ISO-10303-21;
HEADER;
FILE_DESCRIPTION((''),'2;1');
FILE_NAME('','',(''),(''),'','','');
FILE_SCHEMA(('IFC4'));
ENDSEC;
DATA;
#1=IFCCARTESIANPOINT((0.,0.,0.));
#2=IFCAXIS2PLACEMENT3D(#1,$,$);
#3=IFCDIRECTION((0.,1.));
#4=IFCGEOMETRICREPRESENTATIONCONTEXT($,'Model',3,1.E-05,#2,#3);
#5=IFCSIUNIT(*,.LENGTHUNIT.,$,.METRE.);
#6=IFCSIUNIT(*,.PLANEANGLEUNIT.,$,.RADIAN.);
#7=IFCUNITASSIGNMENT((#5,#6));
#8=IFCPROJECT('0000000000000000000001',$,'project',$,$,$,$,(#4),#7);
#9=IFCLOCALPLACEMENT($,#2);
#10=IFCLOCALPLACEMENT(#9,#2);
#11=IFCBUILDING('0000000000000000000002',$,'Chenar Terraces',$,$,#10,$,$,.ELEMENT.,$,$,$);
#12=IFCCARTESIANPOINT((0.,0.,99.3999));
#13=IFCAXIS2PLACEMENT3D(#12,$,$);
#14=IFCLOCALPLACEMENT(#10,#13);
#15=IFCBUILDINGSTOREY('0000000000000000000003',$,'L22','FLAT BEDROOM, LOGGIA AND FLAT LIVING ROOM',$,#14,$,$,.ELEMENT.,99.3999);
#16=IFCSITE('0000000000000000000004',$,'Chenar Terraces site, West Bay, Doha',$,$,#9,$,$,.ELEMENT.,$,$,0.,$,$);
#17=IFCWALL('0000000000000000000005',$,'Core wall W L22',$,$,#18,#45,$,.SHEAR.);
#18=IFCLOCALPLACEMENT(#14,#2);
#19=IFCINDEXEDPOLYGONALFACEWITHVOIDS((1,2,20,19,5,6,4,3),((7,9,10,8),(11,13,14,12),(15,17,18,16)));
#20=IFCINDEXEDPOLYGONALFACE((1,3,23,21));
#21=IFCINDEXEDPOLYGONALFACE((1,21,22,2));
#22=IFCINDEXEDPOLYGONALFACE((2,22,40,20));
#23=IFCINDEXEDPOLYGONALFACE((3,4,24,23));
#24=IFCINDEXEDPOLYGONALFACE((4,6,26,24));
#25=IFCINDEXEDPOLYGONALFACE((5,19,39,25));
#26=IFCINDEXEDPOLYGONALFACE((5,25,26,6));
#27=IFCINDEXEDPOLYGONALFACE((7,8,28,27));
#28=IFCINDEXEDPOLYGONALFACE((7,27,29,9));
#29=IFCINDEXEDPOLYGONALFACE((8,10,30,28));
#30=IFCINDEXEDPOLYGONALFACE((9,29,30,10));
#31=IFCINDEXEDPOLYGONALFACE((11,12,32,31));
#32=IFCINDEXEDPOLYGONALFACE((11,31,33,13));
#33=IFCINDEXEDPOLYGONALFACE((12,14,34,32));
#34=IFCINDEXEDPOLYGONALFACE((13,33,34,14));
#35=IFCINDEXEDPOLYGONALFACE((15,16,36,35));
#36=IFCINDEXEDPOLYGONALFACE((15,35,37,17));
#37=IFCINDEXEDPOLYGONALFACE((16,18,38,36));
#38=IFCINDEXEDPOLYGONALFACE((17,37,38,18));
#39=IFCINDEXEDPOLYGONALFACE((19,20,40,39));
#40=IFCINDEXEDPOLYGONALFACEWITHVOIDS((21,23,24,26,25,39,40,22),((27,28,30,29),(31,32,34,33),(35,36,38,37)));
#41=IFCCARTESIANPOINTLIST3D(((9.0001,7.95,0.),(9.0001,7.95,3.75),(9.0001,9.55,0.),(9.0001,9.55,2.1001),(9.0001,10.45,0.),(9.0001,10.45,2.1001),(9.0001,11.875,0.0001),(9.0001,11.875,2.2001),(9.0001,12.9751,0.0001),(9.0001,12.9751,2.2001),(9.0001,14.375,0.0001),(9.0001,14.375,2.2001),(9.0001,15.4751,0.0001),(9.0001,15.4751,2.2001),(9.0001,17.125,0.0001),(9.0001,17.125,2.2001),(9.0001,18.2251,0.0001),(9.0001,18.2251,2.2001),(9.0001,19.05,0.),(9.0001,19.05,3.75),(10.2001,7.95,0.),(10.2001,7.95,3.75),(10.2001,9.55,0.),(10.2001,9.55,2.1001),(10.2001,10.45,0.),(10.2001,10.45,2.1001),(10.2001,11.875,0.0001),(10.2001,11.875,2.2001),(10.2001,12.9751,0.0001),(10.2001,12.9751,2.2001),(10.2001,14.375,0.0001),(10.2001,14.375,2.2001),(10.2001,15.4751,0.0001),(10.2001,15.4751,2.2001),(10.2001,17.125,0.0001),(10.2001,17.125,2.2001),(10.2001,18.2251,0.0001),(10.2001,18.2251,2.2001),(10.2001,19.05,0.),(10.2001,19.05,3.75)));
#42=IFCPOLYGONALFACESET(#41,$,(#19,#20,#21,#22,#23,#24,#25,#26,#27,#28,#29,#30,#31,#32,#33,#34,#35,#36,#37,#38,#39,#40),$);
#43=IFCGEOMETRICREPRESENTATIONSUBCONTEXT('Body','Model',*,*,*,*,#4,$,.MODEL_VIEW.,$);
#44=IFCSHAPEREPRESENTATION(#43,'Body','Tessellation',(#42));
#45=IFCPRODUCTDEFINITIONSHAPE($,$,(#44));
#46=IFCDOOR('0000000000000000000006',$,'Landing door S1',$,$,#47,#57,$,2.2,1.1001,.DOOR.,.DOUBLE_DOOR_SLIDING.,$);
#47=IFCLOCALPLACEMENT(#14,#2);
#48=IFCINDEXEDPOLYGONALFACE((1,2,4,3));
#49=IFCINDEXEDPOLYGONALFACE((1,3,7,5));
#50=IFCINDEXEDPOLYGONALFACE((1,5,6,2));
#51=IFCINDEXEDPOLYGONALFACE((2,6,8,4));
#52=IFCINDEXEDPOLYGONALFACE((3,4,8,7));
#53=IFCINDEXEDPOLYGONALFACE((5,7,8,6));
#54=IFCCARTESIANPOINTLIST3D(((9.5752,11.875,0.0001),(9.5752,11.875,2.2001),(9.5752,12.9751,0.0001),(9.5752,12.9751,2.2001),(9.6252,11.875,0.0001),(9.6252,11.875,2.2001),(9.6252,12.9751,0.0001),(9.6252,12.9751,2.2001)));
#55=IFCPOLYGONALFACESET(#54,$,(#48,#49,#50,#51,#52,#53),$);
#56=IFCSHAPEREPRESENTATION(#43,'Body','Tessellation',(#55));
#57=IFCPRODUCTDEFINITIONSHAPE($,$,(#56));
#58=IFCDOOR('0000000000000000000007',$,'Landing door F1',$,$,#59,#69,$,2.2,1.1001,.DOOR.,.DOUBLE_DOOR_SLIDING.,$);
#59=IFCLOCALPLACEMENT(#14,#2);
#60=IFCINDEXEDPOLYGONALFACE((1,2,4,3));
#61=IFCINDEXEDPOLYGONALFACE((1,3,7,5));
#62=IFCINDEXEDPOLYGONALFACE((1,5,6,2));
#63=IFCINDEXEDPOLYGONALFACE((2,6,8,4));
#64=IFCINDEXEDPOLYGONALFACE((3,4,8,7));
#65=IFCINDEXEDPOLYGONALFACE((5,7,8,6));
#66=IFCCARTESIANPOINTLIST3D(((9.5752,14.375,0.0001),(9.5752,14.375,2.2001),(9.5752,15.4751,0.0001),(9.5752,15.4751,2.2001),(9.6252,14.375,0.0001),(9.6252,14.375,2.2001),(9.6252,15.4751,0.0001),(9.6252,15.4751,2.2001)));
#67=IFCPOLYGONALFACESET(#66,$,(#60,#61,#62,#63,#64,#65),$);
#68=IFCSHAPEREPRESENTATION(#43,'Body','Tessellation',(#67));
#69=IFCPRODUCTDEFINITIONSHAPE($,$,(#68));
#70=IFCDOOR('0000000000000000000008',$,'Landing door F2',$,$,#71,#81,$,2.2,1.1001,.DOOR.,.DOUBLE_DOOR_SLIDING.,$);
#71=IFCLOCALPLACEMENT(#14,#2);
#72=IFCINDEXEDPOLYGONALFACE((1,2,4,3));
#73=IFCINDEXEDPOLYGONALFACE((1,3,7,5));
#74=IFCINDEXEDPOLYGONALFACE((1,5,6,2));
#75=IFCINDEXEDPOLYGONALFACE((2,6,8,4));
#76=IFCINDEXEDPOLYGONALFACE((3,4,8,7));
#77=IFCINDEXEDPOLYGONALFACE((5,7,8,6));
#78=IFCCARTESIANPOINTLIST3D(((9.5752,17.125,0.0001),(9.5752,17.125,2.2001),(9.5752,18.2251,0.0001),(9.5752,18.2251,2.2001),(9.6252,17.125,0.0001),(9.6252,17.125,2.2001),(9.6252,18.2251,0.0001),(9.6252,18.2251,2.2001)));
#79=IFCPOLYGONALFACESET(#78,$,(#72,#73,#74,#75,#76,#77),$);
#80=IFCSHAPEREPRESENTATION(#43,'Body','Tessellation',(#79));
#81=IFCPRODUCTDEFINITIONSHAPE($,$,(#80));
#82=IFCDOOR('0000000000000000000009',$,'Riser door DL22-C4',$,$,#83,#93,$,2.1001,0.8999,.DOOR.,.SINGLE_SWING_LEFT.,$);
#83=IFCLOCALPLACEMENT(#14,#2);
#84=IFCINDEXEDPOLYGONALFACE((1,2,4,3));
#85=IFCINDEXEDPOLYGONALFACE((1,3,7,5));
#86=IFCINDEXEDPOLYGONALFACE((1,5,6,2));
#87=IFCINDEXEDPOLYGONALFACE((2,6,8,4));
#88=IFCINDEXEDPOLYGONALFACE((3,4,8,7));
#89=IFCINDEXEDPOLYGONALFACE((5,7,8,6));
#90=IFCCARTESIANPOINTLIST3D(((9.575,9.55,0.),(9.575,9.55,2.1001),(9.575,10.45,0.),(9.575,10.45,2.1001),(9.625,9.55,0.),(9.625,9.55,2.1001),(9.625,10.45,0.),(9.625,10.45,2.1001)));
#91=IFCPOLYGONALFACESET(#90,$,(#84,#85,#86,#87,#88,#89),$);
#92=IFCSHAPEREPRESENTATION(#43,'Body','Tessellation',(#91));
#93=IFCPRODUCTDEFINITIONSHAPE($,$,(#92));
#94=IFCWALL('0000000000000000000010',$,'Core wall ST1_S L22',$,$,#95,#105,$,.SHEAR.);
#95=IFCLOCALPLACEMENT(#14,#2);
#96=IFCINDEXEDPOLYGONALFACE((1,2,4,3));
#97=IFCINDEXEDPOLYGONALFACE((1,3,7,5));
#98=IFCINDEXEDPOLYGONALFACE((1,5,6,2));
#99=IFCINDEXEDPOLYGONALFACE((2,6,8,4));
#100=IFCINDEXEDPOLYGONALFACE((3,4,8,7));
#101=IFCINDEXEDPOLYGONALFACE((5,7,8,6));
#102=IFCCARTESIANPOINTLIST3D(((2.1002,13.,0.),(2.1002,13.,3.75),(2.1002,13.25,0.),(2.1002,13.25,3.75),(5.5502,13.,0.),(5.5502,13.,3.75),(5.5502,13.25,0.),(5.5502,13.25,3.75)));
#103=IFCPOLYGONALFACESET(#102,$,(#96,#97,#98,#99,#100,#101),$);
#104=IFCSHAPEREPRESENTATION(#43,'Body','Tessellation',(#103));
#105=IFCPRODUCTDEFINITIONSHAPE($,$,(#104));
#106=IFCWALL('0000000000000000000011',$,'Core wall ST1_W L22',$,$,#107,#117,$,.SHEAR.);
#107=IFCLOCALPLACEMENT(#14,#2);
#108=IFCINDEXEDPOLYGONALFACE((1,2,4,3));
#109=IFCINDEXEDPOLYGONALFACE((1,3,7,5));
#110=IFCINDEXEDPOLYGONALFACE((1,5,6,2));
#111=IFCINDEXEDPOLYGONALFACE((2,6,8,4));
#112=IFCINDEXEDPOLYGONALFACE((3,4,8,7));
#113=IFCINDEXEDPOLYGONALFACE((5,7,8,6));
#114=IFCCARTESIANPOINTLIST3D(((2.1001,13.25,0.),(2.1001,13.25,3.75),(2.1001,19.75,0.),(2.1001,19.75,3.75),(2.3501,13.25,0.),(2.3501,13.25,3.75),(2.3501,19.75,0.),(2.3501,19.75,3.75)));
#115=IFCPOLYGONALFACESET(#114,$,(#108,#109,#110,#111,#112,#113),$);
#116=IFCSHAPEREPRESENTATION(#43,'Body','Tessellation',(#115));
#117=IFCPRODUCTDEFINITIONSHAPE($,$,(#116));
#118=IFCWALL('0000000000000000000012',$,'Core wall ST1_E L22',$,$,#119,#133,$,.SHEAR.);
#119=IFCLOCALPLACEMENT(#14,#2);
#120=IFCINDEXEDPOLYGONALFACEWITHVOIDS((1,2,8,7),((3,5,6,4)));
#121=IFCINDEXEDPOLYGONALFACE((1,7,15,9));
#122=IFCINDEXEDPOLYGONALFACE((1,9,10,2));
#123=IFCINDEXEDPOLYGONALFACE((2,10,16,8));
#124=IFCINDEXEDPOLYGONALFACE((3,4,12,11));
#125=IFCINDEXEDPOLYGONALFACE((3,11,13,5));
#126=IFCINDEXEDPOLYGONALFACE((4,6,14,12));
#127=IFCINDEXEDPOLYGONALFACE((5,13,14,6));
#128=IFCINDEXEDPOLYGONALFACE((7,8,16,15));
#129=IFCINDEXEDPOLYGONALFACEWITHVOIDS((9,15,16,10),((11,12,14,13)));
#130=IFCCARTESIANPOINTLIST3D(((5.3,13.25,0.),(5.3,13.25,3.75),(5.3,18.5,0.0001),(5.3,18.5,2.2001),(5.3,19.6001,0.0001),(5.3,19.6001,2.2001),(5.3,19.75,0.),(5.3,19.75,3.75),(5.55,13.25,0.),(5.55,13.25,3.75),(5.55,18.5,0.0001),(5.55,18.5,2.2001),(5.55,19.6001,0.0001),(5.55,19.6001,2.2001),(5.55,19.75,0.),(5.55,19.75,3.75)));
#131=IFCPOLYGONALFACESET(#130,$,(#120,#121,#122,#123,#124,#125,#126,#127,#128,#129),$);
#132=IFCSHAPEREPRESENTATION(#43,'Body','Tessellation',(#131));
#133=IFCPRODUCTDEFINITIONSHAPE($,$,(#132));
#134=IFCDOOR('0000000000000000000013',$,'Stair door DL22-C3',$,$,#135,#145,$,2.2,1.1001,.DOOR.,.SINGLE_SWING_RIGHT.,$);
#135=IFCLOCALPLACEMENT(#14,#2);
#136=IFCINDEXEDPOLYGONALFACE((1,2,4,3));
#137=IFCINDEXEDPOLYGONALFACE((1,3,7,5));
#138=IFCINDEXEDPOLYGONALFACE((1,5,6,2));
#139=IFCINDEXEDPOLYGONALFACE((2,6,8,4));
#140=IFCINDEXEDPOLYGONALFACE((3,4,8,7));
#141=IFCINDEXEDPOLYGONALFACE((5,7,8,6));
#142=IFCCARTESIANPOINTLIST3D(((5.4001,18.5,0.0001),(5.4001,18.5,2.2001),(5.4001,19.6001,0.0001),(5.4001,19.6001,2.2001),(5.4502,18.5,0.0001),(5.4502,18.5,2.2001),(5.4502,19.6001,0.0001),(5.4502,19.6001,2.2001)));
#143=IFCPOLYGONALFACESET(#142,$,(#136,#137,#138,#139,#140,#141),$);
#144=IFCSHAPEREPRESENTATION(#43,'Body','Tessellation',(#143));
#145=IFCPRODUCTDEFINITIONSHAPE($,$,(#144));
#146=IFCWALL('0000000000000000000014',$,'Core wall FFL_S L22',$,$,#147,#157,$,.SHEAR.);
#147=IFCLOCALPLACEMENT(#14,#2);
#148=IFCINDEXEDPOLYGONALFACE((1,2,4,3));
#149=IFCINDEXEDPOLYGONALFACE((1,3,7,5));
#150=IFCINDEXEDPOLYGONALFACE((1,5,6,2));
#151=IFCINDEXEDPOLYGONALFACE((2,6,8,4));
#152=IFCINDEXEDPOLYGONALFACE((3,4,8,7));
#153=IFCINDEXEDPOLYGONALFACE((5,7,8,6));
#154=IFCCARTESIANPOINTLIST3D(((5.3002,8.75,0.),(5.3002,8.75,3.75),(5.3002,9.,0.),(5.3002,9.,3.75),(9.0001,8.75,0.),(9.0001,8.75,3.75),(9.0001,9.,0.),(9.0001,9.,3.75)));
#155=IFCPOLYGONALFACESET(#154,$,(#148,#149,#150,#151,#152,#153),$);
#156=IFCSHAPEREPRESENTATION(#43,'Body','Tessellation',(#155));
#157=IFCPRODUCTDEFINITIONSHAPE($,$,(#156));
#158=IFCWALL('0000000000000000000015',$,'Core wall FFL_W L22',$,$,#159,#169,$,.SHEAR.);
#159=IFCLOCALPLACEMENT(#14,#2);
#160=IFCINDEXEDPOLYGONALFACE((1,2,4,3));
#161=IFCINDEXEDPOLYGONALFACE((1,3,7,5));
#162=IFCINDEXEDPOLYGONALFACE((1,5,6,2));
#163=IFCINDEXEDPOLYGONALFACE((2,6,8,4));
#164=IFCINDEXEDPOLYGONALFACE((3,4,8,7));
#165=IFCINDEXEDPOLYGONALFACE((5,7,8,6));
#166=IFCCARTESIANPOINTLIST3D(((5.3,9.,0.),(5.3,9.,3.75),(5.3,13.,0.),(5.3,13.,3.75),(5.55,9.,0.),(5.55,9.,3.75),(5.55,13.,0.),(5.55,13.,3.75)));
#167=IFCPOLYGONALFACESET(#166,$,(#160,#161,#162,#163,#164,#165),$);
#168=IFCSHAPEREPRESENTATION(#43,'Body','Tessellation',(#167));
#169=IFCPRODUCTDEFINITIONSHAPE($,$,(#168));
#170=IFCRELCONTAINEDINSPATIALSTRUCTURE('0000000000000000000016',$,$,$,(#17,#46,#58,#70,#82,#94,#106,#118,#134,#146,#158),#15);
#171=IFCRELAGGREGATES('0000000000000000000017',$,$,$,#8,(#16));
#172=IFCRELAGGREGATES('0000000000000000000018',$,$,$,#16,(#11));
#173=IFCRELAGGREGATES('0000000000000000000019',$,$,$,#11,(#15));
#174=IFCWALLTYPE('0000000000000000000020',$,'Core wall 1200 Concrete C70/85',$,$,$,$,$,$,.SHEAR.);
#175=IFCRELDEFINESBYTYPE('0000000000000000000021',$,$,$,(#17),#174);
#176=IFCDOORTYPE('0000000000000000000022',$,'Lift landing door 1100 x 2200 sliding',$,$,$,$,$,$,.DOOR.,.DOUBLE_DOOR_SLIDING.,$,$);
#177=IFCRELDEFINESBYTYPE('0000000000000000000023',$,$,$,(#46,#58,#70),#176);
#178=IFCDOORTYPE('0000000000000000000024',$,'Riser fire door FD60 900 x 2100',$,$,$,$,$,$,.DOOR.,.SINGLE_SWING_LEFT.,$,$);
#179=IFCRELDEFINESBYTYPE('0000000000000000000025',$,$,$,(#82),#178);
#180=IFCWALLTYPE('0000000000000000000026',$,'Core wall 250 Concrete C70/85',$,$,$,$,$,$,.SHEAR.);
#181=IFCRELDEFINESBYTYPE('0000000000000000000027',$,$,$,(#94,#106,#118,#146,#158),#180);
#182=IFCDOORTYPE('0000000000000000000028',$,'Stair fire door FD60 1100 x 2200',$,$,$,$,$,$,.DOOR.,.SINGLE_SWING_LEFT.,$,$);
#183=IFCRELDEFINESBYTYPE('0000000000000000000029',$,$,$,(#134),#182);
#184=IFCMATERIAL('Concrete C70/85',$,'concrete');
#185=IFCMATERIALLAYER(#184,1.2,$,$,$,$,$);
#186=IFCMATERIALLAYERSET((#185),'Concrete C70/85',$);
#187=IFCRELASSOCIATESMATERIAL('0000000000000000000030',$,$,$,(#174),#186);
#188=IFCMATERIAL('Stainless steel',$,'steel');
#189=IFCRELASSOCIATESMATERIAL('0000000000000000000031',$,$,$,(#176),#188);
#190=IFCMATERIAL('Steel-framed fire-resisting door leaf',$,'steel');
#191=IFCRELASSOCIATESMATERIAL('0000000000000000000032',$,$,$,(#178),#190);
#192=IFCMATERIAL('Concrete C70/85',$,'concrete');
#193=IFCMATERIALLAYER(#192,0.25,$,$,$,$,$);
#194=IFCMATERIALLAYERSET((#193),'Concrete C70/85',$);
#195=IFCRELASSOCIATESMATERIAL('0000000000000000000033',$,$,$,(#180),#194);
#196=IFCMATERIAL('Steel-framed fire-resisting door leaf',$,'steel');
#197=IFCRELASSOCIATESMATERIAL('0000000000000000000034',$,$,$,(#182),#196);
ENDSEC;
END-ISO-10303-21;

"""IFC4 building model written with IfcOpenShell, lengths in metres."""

from ifc_helpers import new_model, si_unit, direction, frame, frame_2d, origin, place, context, subcontext, project, spatial, rectangle, extrude, material, layer, layer_set, type_object, element, fill, save


model = new_model("IFC4")

# Units and contexts
model_context = context("Model", 3, precision=1e-05, world=origin(), true_north=direction((0.0, 1.0)))
body_context = subcontext(model_context, "Body", "Model", "MODEL_VIEW")
ifc_project = project(units=[si_unit("LENGTHUNIT", "METRE"), si_unit("PLANEANGLEUNIT", "RADIAN")], contexts=[model_context])

# Site, building, storey
site_placement = place(None, origin())
site = spatial("IfcSite", under=ifc_project, at=site_placement, Name="Chenar Terraces site, West Bay, Doha", CompositionType="ELEMENT", RefElevation=0.0)
building_placement = place(site_placement, origin())
building = spatial("IfcBuilding", under=site, at=building_placement, Name="Chenar Terraces", CompositionType="ELEMENT")
storey_placement = place(building_placement, frame((0.0, 0.0, 99.3999)))
storey = spatial("IfcBuildingStorey", under=building, at=storey_placement, Name="L22", Description="FLAT BEDROOM, LOGGIA AND FLAT LIVING ROOM", CompositionType="ELEMENT", Elevation=99.3999)

# Wall, openings, doors
ifc_material_1 = material(Name="Concrete C70/85", Category="concrete")
ifc_layer_1 = layer(ifc_material_1, 1.2)
ifc_layer_set_1 = layer_set([ifc_layer_1], Name="Concrete C70/85")
wall_type_1 = type_object("IfcWallType", Name="Core wall 1200 Concrete C70/85", PredefinedType="SHEAR", material=ifc_layer_set_1)
wall_1_placement = place(storey_placement, frame((9.6001, 7.95, 0.0), z_axis=(0.0, 0.0, 1.0), x_axis=(0.0, 1.0, 0.0)))
wall_1 = element("IfcWall", 1, at=wall_1_placement, inside=storey, type_object=wall_type_1, Name="Core wall W L22", PredefinedType="SHEAR", context=body_context, shape_type="SweptSolid", body=[
    extrude(rectangle(XDim=11.1001, YDim=1.2, at=frame_2d((5.55, 0.0))), origin(), (0.0, 0.0, 1.0), 3.75),
])
opening_1_placement = place(wall_1_placement, frame((3.925, 0.0, 0.0)))
opening_1 = element("IfcOpeningElement", 2, at=opening_1_placement, cuts=wall_1, PredefinedType="OPENING", context=body_context, shape_type="SweptSolid", body=[
    extrude(rectangle(XDim=1.1001, YDim=2.2, at=frame_2d((0.55, 1.1001))), frame((0.0, 0.6099, 0.0), z_axis=(0.0, -1.0, 0.0), x_axis=(1.0, 0.0, 0.0)), (0.0, 0.0, 1.0), 1.22),
])
opening_2_placement = place(wall_1_placement, frame((6.425, 0.0, 0.0)))
opening_2 = element("IfcOpeningElement", 3, at=opening_2_placement, cuts=wall_1, PredefinedType="OPENING", context=body_context, shape_type="SweptSolid", body=[
    extrude(rectangle(XDim=1.1001, YDim=2.2, at=frame_2d((0.55, 1.1001))), frame((0.0, 0.6099, 0.0), z_axis=(0.0, -1.0, 0.0), x_axis=(1.0, 0.0, 0.0)), (0.0, 0.0, 1.0), 1.22),
])
opening_3_placement = place(wall_1_placement, frame((9.175, 0.0, 0.0)))
opening_3 = element("IfcOpeningElement", 4, at=opening_3_placement, cuts=wall_1, PredefinedType="OPENING", context=body_context, shape_type="SweptSolid", body=[
    extrude(rectangle(XDim=1.1001, YDim=2.2, at=frame_2d((0.55, 1.1001))), frame((0.0, 0.6099, 0.0), z_axis=(0.0, -1.0, 0.0), x_axis=(1.0, 0.0, 0.0)), (0.0, 0.0, 1.0), 1.22),
])
opening_4_placement = place(wall_1_placement, frame((1.6001, 0.0, 0.0)))
opening_4 = element("IfcOpeningElement", 5, at=opening_4_placement, cuts=wall_1, PredefinedType="OPENING", context=body_context, shape_type="SweptSolid", body=[
    extrude(rectangle(XDim=0.8999, YDim=2.1001, at=frame_2d((0.45, 1.05))), frame((0.0, 0.6099, 0.0), z_axis=(0.0, -1.0, 0.0), x_axis=(1.0, 0.0, 0.0)), (0.0, 0.0, 1.0), 1.22),
])
ifc_material_2 = material(Name="Stainless steel", Category="steel")
door_type_1 = type_object("IfcDoorType", Name="Lift landing door 1100 x 2200 sliding", OperationType="DOUBLE_DOOR_SLIDING", PredefinedType="DOOR", material=ifc_material_2)
door_1_placement = place(opening_1_placement, origin())
door_1 = element("IfcDoor", 6, at=door_1_placement, inside=storey, type_object=door_type_1, Name="Landing door S1", OperationType="DOUBLE_DOOR_SLIDING", OverallHeight=2.2, OverallWidth=1.1001, PredefinedType="DOOR", context=body_context, shape_type="SweptSolid", body=[
    extrude(rectangle(XDim=1.1001, YDim=2.2, at=frame_2d((0.55, 1.1001))), frame((0.0, 0.0249, 0.0), z_axis=(0.0, -1.0, 0.0), x_axis=(1.0, 0.0, 0.0)), (0.0, 0.0, 1.0), 0.05),
])
fill(opening_1, door_1)
door_2_placement = place(opening_2_placement, origin())
door_2 = element("IfcDoor", 7, at=door_2_placement, inside=storey, type_object=door_type_1, Name="Landing door F1", OperationType="DOUBLE_DOOR_SLIDING", OverallHeight=2.2, OverallWidth=1.1001, PredefinedType="DOOR", context=body_context, shape_type="SweptSolid", body=[
    extrude(rectangle(XDim=1.1001, YDim=2.2, at=frame_2d((0.55, 1.1001))), frame((0.0, 0.0249, 0.0), z_axis=(0.0, -1.0, 0.0), x_axis=(1.0, 0.0, 0.0)), (0.0, 0.0, 1.0), 0.05),
])
fill(opening_2, door_2)
door_3_placement = place(opening_3_placement, origin())
door_3 = element("IfcDoor", 8, at=door_3_placement, inside=storey, type_object=door_type_1, Name="Landing door F2", OperationType="DOUBLE_DOOR_SLIDING", OverallHeight=2.2, OverallWidth=1.1001, PredefinedType="DOOR", context=body_context, shape_type="SweptSolid", body=[
    extrude(rectangle(XDim=1.1001, YDim=2.2, at=frame_2d((0.55, 1.1001))), frame((0.0, 0.0249, 0.0), z_axis=(0.0, -1.0, 0.0), x_axis=(1.0, 0.0, 0.0)), (0.0, 0.0, 1.0), 0.05),
])
fill(opening_3, door_3)
ifc_material_3 = material(Name="Steel-framed fire-resisting door leaf", Category="steel")
door_type_2 = type_object("IfcDoorType", Name="Riser fire door FD60 900 x 2100", OperationType="SINGLE_SWING_LEFT", PredefinedType="DOOR", material=ifc_material_3)
door_4_placement = place(opening_4_placement, frame((0.8999, 0.0, 0.0), z_axis=(0.0, 0.0, 1.0), x_axis=(-1.0, 0.0, 0.0)))
door_4 = element("IfcDoor", 9, at=door_4_placement, inside=storey, type_object=door_type_2, Name="Riser door DL22-C4", OperationType="SINGLE_SWING_LEFT", OverallHeight=2.1001, OverallWidth=0.8999, PredefinedType="DOOR", context=body_context, shape_type="SweptSolid", body=[
    extrude(rectangle(XDim=0.8999, YDim=2.1001, at=frame_2d((0.45, 1.05))), frame((0.0, 0.0249, 0.0), z_axis=(0.0, -1.0, 0.0), x_axis=(1.0, 0.0, 0.0)), (0.0, 0.0, 1.0), 0.05),
])
fill(opening_4, door_4)

# Walls
ifc_material_4 = material(Name="Concrete C70/85", Category="concrete")
ifc_layer_2 = layer(ifc_material_4, 0.25)
ifc_layer_set_2 = layer_set([ifc_layer_2], Name="Concrete C70/85")
wall_type_2 = type_object("IfcWallType", Name="Core wall 250 Concrete C70/85", PredefinedType="SHEAR", material=ifc_layer_set_2)
wall_2_placement = place(storey_placement, frame((2.1001, 13.125, 0.0), z_axis=(0.0, 0.0, 1.0), x_axis=(1.0, 0.0, 0.0)))
element("IfcWall", 10, at=wall_2_placement, inside=storey, type_object=wall_type_2, Name="Core wall ST1_S L22", PredefinedType="SHEAR", context=body_context, shape_type="SweptSolid", body=[
    extrude(rectangle(XDim=3.45, YDim=0.25, at=frame_2d((1.7251, 0.0))), origin(), (0.0, 0.0, 1.0), 3.75),
])
wall_3_placement = place(storey_placement, frame((2.2251, 13.25, 0.0), z_axis=(0.0, 0.0, 1.0), x_axis=(0.0, 1.0, 0.0)))
element("IfcWall", 11, at=wall_3_placement, inside=storey, type_object=wall_type_2, Name="Core wall ST1_W L22", PredefinedType="SHEAR", context=body_context, shape_type="SweptSolid", body=[
    extrude(rectangle(XDim=6.5, YDim=0.25, at=frame_2d((3.25, 0.0))), origin(), (0.0, 0.0, 1.0), 3.75),
])

# Wall, opening, door
wall_4_placement = place(storey_placement, frame((5.425, 13.25, 0.0), z_axis=(0.0, 0.0, 1.0), x_axis=(0.0, 1.0, 0.0)))
wall_4 = element("IfcWall", 12, at=wall_4_placement, inside=storey, type_object=wall_type_2, Name="Core wall ST1_E L22", PredefinedType="SHEAR", context=body_context, shape_type="SweptSolid", body=[
    extrude(rectangle(XDim=6.5, YDim=0.25, at=frame_2d((3.25, 0.0))), origin(), (0.0, 0.0, 1.0), 3.75),
])
opening_5_placement = place(wall_4_placement, frame((5.25, 0.0, 0.0)))
opening_5 = element("IfcOpeningElement", 13, at=opening_5_placement, cuts=wall_4, PredefinedType="OPENING", context=body_context, shape_type="SweptSolid", body=[
    extrude(rectangle(XDim=1.1001, YDim=2.2, at=frame_2d((0.55, 1.1001))), frame((0.0, 0.135, 0.0), z_axis=(0.0, -1.0, 0.0), x_axis=(1.0, 0.0, 0.0)), (0.0, 0.0, 1.0), 0.27),
])
ifc_material_5 = material(Name="Steel-framed fire-resisting door leaf", Category="steel")
door_type_3 = type_object("IfcDoorType", Name="Stair fire door FD60 1100 x 2200", OperationType="SINGLE_SWING_LEFT", PredefinedType="DOOR", material=ifc_material_5)
door_5_placement = place(opening_5_placement, origin())
door_5 = element("IfcDoor", 14, at=door_5_placement, inside=storey, type_object=door_type_3, Name="Stair door DL22-C3", OperationType="SINGLE_SWING_RIGHT", OverallHeight=2.2, OverallWidth=1.1001, PredefinedType="DOOR", context=body_context, shape_type="SweptSolid", body=[
    extrude(rectangle(XDim=1.1001, YDim=2.2, at=frame_2d((0.55, 1.1001))), frame((0.0, 0.0249, 0.0), z_axis=(0.0, -1.0, 0.0), x_axis=(1.0, 0.0, 0.0)), (0.0, 0.0, 1.0), 0.05),
])
fill(opening_5, door_5)

# Walls
wall_5_placement = place(storey_placement, frame((5.3, 8.875, 0.0), z_axis=(0.0, 0.0, 1.0), x_axis=(1.0, 0.0, 0.0)))
element("IfcWall", 15, at=wall_5_placement, inside=storey, type_object=wall_type_2, Name="Core wall FFL_S L22", PredefinedType="SHEAR", context=body_context, shape_type="SweptSolid", body=[
    extrude(rectangle(XDim=3.7, YDim=0.25, at=frame_2d((1.8501, 0.0))), origin(), (0.0, 0.0, 1.0), 3.75),
])
wall_6_placement = place(storey_placement, frame((5.425, 9.0, 0.0), z_axis=(0.0, 0.0, 1.0), x_axis=(0.0, 1.0, 0.0)))
element("IfcWall", 16, at=wall_6_placement, inside=storey, type_object=wall_type_2, Name="Core wall FFL_W L22", PredefinedType="SHEAR", context=body_context, shape_type="SweptSolid", body=[
    extrude(rectangle(XDim=4.0, YDim=0.25, at=frame_2d((2.0, 0.0))), origin(), (0.0, 0.0, 1.0), 3.75),
])

save(model, "model.ifc")
